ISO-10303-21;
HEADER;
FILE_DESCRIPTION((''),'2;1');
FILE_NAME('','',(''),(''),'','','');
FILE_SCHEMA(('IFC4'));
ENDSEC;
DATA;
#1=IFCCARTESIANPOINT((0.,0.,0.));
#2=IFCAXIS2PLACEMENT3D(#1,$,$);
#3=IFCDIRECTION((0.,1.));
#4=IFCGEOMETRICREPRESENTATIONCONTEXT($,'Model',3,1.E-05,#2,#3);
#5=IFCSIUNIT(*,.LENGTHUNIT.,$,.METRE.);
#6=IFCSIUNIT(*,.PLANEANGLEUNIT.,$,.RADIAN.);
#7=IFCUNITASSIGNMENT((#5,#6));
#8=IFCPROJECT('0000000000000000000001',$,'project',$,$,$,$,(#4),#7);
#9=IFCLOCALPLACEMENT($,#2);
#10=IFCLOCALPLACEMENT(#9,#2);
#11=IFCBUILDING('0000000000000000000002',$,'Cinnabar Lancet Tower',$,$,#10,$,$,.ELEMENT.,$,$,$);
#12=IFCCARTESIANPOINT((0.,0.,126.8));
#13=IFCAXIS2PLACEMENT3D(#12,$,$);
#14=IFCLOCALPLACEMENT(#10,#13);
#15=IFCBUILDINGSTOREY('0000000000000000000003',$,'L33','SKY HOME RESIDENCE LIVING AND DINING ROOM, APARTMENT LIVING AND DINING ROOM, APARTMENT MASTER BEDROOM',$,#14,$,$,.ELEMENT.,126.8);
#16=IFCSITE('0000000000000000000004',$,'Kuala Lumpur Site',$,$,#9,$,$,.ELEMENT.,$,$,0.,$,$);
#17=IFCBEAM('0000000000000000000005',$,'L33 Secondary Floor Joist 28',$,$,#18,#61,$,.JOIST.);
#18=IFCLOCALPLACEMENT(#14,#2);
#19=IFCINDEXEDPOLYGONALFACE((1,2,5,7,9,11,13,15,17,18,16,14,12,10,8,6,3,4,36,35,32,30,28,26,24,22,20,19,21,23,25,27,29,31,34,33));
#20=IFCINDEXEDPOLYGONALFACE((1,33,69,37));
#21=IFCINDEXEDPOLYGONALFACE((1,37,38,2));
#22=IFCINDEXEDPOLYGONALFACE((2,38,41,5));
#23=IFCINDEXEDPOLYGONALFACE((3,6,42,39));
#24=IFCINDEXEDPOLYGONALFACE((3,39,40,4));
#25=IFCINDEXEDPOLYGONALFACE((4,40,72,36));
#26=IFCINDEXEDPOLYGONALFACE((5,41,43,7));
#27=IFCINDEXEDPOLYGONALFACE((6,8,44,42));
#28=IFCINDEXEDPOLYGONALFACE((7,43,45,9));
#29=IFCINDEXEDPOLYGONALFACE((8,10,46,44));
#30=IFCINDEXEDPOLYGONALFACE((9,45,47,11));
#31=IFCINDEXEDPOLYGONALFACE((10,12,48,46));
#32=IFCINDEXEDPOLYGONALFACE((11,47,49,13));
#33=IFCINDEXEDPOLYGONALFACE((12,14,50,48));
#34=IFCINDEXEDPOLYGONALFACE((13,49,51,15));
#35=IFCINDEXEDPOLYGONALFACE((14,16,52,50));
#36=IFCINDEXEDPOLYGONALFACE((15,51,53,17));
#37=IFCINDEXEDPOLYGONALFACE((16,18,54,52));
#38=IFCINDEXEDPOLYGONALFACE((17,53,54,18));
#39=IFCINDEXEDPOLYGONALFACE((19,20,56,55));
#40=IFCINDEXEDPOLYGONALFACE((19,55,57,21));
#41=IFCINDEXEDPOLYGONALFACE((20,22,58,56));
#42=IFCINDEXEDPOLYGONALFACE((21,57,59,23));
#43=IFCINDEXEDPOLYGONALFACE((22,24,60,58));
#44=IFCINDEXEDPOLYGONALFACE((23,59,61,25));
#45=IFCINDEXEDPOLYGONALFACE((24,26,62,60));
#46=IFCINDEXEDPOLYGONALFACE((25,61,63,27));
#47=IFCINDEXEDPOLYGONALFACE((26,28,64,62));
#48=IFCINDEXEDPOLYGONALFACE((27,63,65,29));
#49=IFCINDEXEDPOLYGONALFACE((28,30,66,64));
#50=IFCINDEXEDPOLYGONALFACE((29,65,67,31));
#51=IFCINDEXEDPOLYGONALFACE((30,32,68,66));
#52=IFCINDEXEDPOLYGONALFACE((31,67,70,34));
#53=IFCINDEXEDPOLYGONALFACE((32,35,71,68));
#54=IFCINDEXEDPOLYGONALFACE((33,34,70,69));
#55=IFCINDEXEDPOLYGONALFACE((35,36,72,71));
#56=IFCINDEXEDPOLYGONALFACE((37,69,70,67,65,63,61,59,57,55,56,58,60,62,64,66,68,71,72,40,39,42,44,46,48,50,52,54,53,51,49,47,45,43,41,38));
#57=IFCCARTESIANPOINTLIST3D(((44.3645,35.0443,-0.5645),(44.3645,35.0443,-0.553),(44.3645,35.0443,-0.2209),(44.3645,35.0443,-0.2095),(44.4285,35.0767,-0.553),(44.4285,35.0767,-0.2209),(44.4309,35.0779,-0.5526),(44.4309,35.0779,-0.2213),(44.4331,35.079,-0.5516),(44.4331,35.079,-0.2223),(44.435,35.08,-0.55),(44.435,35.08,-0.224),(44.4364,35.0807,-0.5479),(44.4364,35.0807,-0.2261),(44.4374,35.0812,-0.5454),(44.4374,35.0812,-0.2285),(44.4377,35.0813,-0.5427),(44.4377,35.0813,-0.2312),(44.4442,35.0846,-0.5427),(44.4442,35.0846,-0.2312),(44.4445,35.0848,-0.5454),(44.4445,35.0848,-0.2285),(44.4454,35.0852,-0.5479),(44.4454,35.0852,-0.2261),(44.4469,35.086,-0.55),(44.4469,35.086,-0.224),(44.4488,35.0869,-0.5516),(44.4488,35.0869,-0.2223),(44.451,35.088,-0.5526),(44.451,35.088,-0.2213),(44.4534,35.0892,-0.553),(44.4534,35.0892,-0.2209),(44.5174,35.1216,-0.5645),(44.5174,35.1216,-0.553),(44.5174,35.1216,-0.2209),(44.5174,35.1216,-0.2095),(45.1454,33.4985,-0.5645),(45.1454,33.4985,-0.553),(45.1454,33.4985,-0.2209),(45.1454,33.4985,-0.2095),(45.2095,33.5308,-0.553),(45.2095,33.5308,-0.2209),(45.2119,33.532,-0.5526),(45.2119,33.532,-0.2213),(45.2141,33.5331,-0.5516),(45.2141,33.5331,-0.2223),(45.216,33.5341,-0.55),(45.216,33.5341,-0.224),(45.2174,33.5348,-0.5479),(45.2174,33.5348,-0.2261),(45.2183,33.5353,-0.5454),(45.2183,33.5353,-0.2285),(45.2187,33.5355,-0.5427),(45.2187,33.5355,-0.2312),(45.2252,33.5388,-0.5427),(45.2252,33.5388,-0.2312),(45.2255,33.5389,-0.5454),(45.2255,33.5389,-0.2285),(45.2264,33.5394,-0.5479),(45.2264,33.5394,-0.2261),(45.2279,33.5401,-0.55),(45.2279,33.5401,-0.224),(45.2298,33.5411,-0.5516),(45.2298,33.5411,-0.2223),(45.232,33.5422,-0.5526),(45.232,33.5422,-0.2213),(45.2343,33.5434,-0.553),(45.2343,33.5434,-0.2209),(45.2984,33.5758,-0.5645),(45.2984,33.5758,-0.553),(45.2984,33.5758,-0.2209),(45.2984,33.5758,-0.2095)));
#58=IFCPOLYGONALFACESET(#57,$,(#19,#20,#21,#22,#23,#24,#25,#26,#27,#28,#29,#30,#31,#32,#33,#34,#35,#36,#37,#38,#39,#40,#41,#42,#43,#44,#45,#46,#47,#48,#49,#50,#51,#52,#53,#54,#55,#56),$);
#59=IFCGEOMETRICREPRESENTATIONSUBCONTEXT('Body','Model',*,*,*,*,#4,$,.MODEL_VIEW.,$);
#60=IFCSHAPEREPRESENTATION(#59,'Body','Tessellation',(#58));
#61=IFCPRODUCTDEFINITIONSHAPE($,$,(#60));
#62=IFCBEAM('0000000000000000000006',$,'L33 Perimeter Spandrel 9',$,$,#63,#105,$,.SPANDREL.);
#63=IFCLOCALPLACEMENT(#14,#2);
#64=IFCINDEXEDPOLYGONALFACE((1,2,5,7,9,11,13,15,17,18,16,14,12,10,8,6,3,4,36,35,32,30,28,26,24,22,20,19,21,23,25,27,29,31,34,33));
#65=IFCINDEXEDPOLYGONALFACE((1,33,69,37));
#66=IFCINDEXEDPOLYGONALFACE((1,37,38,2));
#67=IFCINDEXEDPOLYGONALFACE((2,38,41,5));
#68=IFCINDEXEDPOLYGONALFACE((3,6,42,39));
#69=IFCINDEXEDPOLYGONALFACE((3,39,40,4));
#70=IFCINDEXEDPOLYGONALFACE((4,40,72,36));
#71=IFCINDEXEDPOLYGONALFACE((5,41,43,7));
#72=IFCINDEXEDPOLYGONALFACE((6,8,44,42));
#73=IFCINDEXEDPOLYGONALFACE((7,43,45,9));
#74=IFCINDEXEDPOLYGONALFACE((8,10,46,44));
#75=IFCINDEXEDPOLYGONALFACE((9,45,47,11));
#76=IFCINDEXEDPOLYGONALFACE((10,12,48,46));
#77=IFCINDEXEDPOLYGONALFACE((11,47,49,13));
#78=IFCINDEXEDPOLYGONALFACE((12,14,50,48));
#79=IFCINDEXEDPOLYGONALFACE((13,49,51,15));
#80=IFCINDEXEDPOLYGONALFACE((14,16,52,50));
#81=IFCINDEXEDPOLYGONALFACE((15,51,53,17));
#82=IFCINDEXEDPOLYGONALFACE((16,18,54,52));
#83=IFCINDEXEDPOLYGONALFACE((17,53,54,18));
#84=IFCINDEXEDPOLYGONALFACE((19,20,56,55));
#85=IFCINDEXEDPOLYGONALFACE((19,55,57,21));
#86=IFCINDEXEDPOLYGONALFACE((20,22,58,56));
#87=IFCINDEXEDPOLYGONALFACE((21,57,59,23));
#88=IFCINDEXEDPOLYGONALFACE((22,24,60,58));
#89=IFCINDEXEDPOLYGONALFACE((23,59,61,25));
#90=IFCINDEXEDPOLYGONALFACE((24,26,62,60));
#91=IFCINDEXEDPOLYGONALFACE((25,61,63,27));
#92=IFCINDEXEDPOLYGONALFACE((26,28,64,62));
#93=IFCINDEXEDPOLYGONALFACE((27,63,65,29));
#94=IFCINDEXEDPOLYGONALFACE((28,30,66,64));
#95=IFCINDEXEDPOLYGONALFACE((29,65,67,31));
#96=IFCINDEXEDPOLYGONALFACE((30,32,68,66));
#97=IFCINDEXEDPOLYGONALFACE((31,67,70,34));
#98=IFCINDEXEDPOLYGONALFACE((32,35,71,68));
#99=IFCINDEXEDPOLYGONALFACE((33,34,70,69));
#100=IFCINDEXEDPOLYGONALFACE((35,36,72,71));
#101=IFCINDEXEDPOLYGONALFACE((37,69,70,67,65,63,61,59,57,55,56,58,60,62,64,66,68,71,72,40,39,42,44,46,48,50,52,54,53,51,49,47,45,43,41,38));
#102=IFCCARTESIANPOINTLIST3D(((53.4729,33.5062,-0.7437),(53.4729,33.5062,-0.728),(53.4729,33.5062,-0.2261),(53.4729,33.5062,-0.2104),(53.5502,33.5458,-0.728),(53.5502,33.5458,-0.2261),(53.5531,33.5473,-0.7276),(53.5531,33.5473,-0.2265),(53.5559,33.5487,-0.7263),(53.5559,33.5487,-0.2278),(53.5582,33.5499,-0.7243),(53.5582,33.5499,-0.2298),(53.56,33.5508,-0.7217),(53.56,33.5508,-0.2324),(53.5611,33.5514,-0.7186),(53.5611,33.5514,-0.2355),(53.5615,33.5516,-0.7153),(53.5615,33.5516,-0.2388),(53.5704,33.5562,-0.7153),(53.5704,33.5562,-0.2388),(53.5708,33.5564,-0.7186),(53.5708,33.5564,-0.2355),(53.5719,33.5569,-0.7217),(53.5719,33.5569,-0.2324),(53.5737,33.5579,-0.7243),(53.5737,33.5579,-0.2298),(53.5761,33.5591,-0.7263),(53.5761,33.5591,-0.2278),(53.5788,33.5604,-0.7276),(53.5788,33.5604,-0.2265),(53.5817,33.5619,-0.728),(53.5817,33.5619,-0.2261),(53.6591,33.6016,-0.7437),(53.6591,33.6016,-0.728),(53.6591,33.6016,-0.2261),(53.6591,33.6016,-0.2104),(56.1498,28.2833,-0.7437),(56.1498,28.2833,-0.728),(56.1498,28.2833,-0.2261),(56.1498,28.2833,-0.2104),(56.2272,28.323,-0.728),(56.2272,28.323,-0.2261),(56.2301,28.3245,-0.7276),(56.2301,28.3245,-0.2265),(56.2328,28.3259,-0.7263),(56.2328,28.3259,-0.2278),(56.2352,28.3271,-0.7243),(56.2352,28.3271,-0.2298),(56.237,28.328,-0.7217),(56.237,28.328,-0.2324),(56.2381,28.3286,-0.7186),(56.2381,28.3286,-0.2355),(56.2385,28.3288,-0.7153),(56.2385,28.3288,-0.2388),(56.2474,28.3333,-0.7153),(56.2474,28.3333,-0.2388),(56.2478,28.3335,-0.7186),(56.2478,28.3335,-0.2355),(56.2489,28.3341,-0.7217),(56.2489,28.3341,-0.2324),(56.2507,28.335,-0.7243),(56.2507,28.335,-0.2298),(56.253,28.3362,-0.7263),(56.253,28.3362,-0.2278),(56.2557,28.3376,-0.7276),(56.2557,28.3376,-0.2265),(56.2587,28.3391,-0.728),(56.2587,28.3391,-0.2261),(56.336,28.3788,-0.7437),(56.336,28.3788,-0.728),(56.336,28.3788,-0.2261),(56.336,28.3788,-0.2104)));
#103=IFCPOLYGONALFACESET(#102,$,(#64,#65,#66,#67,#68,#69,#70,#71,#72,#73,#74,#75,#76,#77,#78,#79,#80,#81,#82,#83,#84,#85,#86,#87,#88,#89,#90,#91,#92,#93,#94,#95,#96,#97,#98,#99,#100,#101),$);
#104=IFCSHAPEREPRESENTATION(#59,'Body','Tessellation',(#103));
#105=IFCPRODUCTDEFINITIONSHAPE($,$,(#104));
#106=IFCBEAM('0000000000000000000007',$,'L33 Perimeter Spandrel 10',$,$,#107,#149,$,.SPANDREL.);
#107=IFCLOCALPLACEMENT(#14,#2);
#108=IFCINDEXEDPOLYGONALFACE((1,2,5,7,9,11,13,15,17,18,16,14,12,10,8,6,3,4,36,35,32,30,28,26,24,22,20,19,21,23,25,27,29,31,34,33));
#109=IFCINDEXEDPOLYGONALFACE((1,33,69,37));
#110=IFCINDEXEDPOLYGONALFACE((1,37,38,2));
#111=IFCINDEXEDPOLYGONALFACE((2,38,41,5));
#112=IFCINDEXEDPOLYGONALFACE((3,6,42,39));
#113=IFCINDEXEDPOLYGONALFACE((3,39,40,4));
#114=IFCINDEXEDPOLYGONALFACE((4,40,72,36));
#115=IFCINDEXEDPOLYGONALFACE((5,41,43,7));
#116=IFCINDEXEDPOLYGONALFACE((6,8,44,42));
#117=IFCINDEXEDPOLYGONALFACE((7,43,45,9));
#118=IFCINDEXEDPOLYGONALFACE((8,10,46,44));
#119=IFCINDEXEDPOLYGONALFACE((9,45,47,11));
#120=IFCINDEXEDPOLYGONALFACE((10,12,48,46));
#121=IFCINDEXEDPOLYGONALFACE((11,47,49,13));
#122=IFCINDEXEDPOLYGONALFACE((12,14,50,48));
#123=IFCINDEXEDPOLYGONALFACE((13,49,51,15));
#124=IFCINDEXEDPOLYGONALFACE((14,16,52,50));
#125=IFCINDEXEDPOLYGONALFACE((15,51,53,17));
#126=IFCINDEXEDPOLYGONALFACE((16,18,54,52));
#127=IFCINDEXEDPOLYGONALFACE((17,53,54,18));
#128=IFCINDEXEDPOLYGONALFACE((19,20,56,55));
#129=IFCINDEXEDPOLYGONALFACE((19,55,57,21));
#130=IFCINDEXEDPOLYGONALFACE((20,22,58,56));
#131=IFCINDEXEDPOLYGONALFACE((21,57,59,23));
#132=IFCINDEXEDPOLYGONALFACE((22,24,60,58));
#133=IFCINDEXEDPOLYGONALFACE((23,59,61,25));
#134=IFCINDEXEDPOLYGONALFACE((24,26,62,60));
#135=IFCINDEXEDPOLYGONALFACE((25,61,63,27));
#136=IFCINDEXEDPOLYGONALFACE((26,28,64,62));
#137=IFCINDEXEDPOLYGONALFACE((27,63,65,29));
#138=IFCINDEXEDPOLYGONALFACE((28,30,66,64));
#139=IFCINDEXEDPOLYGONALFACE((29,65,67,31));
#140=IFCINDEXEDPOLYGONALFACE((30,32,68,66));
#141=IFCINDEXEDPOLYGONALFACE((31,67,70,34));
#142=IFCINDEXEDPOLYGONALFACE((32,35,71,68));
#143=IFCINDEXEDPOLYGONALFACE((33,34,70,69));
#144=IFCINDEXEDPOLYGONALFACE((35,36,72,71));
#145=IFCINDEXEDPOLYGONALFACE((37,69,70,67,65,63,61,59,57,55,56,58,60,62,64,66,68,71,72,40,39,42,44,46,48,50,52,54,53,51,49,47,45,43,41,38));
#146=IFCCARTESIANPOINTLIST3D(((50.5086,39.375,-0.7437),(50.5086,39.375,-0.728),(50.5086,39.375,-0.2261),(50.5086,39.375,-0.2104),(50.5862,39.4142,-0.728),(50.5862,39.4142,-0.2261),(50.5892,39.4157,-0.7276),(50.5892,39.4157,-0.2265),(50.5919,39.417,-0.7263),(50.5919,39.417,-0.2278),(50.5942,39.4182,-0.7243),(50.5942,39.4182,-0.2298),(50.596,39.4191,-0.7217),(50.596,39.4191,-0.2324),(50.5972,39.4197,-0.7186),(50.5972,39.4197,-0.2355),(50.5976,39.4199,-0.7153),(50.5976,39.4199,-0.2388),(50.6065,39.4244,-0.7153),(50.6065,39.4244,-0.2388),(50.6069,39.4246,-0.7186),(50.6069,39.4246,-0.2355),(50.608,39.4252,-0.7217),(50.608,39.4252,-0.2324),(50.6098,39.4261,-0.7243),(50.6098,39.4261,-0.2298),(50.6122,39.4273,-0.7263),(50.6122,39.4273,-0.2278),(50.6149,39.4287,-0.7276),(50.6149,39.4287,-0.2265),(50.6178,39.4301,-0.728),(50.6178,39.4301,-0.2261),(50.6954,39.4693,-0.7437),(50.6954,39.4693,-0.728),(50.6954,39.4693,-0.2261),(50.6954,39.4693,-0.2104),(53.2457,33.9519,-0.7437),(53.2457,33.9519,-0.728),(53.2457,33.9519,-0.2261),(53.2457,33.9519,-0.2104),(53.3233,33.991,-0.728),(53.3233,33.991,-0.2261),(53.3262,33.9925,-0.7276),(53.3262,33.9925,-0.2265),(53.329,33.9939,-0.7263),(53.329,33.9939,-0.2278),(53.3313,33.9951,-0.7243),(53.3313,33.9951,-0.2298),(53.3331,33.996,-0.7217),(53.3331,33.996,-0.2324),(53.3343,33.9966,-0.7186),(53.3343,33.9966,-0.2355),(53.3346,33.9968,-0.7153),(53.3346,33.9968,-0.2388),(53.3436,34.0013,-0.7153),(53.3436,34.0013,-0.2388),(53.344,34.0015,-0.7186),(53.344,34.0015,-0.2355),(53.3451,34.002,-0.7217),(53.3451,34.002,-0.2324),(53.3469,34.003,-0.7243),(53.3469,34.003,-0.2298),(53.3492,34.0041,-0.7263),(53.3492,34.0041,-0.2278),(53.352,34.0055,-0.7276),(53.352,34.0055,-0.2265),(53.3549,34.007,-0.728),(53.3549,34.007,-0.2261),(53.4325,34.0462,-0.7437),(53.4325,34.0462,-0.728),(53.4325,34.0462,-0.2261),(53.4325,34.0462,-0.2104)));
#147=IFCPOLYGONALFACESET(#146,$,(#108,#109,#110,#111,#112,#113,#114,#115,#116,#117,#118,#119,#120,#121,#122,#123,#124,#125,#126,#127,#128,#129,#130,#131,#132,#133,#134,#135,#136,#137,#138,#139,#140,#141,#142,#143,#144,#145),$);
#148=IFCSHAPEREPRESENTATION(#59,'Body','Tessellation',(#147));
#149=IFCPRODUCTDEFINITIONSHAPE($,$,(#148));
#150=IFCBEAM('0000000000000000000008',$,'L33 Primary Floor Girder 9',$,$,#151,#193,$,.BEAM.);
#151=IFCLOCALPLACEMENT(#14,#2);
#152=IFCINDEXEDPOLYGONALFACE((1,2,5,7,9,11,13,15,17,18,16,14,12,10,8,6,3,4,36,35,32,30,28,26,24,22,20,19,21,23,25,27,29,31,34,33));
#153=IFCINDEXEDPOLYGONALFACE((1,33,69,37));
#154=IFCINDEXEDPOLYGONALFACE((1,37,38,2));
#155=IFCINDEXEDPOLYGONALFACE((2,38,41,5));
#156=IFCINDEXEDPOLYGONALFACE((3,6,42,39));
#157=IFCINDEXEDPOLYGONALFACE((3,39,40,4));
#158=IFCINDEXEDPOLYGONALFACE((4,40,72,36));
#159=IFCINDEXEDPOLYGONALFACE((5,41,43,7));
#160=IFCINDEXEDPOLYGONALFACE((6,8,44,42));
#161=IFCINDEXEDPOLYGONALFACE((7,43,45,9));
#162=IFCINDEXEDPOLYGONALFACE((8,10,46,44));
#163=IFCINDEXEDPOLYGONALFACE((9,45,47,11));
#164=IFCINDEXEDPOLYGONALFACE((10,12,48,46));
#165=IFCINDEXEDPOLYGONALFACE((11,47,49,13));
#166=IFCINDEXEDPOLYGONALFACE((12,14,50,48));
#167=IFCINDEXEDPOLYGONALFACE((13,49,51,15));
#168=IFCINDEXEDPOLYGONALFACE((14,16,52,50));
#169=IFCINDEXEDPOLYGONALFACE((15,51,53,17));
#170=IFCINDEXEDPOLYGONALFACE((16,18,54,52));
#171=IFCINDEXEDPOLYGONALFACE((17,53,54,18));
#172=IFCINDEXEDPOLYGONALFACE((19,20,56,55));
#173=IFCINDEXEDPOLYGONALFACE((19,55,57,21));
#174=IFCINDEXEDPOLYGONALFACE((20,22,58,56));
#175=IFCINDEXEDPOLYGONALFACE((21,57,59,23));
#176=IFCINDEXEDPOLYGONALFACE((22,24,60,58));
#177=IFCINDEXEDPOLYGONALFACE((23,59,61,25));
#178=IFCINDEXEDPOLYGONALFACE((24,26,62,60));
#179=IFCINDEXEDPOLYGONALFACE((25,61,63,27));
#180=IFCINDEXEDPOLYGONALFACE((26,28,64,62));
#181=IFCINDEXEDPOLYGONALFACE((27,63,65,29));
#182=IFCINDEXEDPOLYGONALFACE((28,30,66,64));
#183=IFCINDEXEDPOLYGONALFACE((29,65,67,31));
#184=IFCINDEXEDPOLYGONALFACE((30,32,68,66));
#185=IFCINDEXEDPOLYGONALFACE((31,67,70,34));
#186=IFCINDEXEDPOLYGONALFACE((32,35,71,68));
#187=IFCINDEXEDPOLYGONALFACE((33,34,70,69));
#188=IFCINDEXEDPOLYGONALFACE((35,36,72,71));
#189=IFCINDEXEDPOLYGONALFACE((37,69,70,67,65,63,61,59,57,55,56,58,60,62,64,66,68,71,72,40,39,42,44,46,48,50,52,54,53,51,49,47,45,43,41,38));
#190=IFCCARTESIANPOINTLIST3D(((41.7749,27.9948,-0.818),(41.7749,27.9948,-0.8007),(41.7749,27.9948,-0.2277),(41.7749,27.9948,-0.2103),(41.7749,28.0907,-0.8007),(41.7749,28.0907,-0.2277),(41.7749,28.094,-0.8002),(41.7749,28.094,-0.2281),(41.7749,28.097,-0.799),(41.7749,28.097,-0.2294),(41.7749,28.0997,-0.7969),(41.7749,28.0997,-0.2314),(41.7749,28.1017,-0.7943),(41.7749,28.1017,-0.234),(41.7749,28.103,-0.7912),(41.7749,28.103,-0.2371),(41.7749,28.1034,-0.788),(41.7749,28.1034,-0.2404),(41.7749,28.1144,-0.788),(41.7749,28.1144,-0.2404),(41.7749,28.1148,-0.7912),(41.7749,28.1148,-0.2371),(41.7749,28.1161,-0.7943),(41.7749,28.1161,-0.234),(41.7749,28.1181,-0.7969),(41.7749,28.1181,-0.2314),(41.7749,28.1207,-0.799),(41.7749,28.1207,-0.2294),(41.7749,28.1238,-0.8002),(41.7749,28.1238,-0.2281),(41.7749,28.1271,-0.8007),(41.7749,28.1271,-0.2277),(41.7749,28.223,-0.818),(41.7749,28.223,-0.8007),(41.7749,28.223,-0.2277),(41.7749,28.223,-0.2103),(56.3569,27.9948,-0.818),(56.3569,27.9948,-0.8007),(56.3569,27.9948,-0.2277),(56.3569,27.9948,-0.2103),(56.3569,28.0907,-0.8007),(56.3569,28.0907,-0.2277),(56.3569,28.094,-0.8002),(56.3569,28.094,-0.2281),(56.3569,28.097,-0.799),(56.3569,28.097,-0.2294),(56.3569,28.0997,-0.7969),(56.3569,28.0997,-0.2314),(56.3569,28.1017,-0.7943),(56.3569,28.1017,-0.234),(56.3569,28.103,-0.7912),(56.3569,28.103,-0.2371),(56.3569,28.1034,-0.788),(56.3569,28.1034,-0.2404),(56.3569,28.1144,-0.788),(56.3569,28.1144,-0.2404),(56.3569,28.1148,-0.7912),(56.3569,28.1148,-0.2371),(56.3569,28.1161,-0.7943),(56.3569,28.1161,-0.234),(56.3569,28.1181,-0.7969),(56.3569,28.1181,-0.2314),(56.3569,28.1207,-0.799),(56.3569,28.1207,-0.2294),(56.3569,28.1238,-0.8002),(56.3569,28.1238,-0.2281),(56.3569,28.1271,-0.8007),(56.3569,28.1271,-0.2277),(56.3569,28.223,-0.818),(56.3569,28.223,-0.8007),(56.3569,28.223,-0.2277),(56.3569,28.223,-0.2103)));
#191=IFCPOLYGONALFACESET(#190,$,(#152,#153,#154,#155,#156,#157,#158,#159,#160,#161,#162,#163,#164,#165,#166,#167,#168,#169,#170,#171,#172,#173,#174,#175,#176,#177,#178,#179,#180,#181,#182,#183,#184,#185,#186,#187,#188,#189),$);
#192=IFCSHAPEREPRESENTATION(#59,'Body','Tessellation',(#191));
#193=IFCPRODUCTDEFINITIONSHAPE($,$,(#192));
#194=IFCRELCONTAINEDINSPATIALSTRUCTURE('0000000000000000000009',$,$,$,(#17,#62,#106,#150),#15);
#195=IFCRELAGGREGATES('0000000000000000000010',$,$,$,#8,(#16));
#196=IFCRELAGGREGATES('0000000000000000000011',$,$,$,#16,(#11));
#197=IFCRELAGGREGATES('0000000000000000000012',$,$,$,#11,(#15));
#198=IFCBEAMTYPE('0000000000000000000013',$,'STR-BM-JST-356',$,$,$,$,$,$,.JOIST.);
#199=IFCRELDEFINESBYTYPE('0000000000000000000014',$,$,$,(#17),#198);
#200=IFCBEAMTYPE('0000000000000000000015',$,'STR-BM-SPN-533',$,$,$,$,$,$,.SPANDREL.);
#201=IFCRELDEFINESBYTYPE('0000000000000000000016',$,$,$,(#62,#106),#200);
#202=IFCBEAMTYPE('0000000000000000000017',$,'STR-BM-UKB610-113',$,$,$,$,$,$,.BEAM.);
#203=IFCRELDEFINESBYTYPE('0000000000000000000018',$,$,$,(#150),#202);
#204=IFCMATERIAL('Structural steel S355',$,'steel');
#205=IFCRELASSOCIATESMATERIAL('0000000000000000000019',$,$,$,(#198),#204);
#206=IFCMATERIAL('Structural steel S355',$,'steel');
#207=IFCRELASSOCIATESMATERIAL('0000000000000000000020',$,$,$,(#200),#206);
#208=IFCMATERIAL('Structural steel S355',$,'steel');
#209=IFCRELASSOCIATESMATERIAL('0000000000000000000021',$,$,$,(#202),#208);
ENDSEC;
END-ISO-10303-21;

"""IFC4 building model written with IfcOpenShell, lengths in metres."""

from ifc_helpers import new_model, si_unit, direction, frame, origin, origin_2d, place, context, subcontext, project, spatial, i_section, extrude, material, material_profile, profile_set, type_object, element, save


model = new_model("IFC4")

# Units and contexts
model_context = context("Model", 3, precision=1e-05, world=origin(), true_north=direction((0.0, 1.0)))
body_context = subcontext(model_context, "Body", "Model", "MODEL_VIEW")
ifc_project = project(units=[si_unit("LENGTHUNIT", "METRE"), si_unit("PLANEANGLEUNIT", "RADIAN")], contexts=[model_context])

# Site, building, storey
site_placement = place(None, origin())
site = spatial("IfcSite", under=ifc_project, at=site_placement, Name="Kuala Lumpur Site", CompositionType="ELEMENT", RefElevation=0.0)
building_placement = place(site_placement, origin())
building = spatial("IfcBuilding", under=site, at=building_placement, Name="Cinnabar Lancet Tower", CompositionType="ELEMENT")
storey_placement = place(building_placement, frame((0.0, 0.0, 126.8)))
storey = spatial("IfcBuildingStorey", under=building, at=storey_placement, Name="L33", Description="SKY HOME RESIDENCE LIVING AND DINING ROOM, APARTMENT LIVING AND DINING ROOM, APARTMENT MASTER BEDROOM", CompositionType="ELEMENT", Elevation=126.8)

# Beams
ifc_material_1 = material(Name="Structural steel S355", Category="steel")
ifc_material_profile_1 = material_profile(ifc_material_1, i_section(OverallWidth=0.1714, OverallDepth=0.355, WebThickness=0.0073, FlangeThickness=0.0115, FilletRadius=0.0103, at=origin_2d()), Name="UKB 356x171x51")
ifc_profile_set_1 = profile_set([ifc_material_profile_1], Name="Structural steel S355")
beam_type_1 = type_object("IfcBeamType", Name="STR-BM-JST-356", PredefinedType="JOIST", material=ifc_profile_set_1)
beam_1_placement = place(storey_placement, frame((45.2219, 33.5371, -0.387), z_axis=(-0.450931, 0.892559, 0.0), x_axis=(-0.892559, -0.450931, 0.0)))
element("IfcBeam", 1, at=beam_1_placement, inside=storey, type_object=beam_type_1, Name="L33 Secondary Floor Joist 28", PredefinedType="JOIST", context=body_context, shape_type="SweptSolid", body=[
    extrude(i_section(OverallWidth=0.1714, OverallDepth=0.355, WebThickness=0.0073, FlangeThickness=0.0115, FilletRadius=0.0103, at=origin_2d()), origin(), (0.0, 0.0, 1.0), 1.7319),
])
ifc_material_2 = material(Name="Structural steel S355", Category="steel")
ifc_material_profile_2 = material_profile(ifc_material_2, i_section(OverallWidth=0.2092, OverallDepth=0.5332, WebThickness=0.01, FlangeThickness=0.0156, FilletRadius=0.0127, at=origin_2d()), Name="UKB 533x210x92")
ifc_profile_set_2 = profile_set([ifc_material_profile_2], Name="Structural steel S355")
beam_type_2 = type_object("IfcBeamType", Name="STR-BM-SPN-533", PredefinedType="SPANDREL", material=ifc_profile_set_2)
beam_2_placement = place(storey_placement, frame((56.2429, 28.3311, -0.4771), z_axis=(-0.456127, 0.889915, 0.0), x_axis=(-0.889915, -0.456127, 0.0)))
element("IfcBeam", 2, at=beam_2_placement, inside=storey, type_object=beam_type_2, Name="L33 Perimeter Spandrel 9", PredefinedType="SPANDREL", context=body_context, shape_type="SweptSolid", body=[
    extrude(i_section(OverallWidth=0.2092, OverallDepth=0.5332, WebThickness=0.01, FlangeThickness=0.0156, FilletRadius=0.0127, at=origin_2d()), origin(), (0.0, 0.0, 1.0), 5.8689),
])
beam_3_placement = place(storey_placement, frame((53.3391, 33.999, -0.4771), z_axis=(-0.45057, 0.892741, 0.0), x_axis=(-0.892741, -0.45057, 0.0)))
element("IfcBeam", 3, at=beam_3_placement, inside=storey, type_object=beam_type_2, Name="L33 Perimeter Spandrel 10", PredefinedType="SPANDREL", context=body_context, shape_type="SweptSolid", body=[
    extrude(i_section(OverallWidth=0.2092, OverallDepth=0.5332, WebThickness=0.01, FlangeThickness=0.0156, FilletRadius=0.0127, at=origin_2d()), origin(), (0.0, 0.0, 1.0), 6.0747),
])
ifc_material_3 = material(Name="Structural steel S355", Category="steel")
ifc_material_profile_3 = material_profile(ifc_material_3, i_section(OverallWidth=0.2283, OverallDepth=0.6077, WebThickness=0.011, FlangeThickness=0.0173, FilletRadius=0.0127, at=origin_2d()), Name="UKB 610x229x113")
ifc_profile_set_3 = profile_set([ifc_material_profile_3], Name="Structural steel S355")
beam_type_3 = type_object("IfcBeamType", Name="STR-BM-UKB610-113", PredefinedType="BEAM", material=ifc_profile_set_3)
beam_4_placement = place(storey_placement, frame((56.3569, 28.1089, -0.5142), z_axis=(-1.0, 0.0, 0.0), x_axis=(0.0, -1.0, 0.0)))
element("IfcBeam", 4, at=beam_4_placement, inside=storey, type_object=beam_type_3, Name="L33 Primary Floor Girder 9", PredefinedType="BEAM", context=body_context, shape_type="SweptSolid", body=[
    extrude(i_section(OverallWidth=0.2283, OverallDepth=0.6077, WebThickness=0.011, FlangeThickness=0.0173, FilletRadius=0.0127, at=origin_2d()), origin(), (0.0, 0.0, 1.0), 14.582),
])

save(model, "model.ifc")
